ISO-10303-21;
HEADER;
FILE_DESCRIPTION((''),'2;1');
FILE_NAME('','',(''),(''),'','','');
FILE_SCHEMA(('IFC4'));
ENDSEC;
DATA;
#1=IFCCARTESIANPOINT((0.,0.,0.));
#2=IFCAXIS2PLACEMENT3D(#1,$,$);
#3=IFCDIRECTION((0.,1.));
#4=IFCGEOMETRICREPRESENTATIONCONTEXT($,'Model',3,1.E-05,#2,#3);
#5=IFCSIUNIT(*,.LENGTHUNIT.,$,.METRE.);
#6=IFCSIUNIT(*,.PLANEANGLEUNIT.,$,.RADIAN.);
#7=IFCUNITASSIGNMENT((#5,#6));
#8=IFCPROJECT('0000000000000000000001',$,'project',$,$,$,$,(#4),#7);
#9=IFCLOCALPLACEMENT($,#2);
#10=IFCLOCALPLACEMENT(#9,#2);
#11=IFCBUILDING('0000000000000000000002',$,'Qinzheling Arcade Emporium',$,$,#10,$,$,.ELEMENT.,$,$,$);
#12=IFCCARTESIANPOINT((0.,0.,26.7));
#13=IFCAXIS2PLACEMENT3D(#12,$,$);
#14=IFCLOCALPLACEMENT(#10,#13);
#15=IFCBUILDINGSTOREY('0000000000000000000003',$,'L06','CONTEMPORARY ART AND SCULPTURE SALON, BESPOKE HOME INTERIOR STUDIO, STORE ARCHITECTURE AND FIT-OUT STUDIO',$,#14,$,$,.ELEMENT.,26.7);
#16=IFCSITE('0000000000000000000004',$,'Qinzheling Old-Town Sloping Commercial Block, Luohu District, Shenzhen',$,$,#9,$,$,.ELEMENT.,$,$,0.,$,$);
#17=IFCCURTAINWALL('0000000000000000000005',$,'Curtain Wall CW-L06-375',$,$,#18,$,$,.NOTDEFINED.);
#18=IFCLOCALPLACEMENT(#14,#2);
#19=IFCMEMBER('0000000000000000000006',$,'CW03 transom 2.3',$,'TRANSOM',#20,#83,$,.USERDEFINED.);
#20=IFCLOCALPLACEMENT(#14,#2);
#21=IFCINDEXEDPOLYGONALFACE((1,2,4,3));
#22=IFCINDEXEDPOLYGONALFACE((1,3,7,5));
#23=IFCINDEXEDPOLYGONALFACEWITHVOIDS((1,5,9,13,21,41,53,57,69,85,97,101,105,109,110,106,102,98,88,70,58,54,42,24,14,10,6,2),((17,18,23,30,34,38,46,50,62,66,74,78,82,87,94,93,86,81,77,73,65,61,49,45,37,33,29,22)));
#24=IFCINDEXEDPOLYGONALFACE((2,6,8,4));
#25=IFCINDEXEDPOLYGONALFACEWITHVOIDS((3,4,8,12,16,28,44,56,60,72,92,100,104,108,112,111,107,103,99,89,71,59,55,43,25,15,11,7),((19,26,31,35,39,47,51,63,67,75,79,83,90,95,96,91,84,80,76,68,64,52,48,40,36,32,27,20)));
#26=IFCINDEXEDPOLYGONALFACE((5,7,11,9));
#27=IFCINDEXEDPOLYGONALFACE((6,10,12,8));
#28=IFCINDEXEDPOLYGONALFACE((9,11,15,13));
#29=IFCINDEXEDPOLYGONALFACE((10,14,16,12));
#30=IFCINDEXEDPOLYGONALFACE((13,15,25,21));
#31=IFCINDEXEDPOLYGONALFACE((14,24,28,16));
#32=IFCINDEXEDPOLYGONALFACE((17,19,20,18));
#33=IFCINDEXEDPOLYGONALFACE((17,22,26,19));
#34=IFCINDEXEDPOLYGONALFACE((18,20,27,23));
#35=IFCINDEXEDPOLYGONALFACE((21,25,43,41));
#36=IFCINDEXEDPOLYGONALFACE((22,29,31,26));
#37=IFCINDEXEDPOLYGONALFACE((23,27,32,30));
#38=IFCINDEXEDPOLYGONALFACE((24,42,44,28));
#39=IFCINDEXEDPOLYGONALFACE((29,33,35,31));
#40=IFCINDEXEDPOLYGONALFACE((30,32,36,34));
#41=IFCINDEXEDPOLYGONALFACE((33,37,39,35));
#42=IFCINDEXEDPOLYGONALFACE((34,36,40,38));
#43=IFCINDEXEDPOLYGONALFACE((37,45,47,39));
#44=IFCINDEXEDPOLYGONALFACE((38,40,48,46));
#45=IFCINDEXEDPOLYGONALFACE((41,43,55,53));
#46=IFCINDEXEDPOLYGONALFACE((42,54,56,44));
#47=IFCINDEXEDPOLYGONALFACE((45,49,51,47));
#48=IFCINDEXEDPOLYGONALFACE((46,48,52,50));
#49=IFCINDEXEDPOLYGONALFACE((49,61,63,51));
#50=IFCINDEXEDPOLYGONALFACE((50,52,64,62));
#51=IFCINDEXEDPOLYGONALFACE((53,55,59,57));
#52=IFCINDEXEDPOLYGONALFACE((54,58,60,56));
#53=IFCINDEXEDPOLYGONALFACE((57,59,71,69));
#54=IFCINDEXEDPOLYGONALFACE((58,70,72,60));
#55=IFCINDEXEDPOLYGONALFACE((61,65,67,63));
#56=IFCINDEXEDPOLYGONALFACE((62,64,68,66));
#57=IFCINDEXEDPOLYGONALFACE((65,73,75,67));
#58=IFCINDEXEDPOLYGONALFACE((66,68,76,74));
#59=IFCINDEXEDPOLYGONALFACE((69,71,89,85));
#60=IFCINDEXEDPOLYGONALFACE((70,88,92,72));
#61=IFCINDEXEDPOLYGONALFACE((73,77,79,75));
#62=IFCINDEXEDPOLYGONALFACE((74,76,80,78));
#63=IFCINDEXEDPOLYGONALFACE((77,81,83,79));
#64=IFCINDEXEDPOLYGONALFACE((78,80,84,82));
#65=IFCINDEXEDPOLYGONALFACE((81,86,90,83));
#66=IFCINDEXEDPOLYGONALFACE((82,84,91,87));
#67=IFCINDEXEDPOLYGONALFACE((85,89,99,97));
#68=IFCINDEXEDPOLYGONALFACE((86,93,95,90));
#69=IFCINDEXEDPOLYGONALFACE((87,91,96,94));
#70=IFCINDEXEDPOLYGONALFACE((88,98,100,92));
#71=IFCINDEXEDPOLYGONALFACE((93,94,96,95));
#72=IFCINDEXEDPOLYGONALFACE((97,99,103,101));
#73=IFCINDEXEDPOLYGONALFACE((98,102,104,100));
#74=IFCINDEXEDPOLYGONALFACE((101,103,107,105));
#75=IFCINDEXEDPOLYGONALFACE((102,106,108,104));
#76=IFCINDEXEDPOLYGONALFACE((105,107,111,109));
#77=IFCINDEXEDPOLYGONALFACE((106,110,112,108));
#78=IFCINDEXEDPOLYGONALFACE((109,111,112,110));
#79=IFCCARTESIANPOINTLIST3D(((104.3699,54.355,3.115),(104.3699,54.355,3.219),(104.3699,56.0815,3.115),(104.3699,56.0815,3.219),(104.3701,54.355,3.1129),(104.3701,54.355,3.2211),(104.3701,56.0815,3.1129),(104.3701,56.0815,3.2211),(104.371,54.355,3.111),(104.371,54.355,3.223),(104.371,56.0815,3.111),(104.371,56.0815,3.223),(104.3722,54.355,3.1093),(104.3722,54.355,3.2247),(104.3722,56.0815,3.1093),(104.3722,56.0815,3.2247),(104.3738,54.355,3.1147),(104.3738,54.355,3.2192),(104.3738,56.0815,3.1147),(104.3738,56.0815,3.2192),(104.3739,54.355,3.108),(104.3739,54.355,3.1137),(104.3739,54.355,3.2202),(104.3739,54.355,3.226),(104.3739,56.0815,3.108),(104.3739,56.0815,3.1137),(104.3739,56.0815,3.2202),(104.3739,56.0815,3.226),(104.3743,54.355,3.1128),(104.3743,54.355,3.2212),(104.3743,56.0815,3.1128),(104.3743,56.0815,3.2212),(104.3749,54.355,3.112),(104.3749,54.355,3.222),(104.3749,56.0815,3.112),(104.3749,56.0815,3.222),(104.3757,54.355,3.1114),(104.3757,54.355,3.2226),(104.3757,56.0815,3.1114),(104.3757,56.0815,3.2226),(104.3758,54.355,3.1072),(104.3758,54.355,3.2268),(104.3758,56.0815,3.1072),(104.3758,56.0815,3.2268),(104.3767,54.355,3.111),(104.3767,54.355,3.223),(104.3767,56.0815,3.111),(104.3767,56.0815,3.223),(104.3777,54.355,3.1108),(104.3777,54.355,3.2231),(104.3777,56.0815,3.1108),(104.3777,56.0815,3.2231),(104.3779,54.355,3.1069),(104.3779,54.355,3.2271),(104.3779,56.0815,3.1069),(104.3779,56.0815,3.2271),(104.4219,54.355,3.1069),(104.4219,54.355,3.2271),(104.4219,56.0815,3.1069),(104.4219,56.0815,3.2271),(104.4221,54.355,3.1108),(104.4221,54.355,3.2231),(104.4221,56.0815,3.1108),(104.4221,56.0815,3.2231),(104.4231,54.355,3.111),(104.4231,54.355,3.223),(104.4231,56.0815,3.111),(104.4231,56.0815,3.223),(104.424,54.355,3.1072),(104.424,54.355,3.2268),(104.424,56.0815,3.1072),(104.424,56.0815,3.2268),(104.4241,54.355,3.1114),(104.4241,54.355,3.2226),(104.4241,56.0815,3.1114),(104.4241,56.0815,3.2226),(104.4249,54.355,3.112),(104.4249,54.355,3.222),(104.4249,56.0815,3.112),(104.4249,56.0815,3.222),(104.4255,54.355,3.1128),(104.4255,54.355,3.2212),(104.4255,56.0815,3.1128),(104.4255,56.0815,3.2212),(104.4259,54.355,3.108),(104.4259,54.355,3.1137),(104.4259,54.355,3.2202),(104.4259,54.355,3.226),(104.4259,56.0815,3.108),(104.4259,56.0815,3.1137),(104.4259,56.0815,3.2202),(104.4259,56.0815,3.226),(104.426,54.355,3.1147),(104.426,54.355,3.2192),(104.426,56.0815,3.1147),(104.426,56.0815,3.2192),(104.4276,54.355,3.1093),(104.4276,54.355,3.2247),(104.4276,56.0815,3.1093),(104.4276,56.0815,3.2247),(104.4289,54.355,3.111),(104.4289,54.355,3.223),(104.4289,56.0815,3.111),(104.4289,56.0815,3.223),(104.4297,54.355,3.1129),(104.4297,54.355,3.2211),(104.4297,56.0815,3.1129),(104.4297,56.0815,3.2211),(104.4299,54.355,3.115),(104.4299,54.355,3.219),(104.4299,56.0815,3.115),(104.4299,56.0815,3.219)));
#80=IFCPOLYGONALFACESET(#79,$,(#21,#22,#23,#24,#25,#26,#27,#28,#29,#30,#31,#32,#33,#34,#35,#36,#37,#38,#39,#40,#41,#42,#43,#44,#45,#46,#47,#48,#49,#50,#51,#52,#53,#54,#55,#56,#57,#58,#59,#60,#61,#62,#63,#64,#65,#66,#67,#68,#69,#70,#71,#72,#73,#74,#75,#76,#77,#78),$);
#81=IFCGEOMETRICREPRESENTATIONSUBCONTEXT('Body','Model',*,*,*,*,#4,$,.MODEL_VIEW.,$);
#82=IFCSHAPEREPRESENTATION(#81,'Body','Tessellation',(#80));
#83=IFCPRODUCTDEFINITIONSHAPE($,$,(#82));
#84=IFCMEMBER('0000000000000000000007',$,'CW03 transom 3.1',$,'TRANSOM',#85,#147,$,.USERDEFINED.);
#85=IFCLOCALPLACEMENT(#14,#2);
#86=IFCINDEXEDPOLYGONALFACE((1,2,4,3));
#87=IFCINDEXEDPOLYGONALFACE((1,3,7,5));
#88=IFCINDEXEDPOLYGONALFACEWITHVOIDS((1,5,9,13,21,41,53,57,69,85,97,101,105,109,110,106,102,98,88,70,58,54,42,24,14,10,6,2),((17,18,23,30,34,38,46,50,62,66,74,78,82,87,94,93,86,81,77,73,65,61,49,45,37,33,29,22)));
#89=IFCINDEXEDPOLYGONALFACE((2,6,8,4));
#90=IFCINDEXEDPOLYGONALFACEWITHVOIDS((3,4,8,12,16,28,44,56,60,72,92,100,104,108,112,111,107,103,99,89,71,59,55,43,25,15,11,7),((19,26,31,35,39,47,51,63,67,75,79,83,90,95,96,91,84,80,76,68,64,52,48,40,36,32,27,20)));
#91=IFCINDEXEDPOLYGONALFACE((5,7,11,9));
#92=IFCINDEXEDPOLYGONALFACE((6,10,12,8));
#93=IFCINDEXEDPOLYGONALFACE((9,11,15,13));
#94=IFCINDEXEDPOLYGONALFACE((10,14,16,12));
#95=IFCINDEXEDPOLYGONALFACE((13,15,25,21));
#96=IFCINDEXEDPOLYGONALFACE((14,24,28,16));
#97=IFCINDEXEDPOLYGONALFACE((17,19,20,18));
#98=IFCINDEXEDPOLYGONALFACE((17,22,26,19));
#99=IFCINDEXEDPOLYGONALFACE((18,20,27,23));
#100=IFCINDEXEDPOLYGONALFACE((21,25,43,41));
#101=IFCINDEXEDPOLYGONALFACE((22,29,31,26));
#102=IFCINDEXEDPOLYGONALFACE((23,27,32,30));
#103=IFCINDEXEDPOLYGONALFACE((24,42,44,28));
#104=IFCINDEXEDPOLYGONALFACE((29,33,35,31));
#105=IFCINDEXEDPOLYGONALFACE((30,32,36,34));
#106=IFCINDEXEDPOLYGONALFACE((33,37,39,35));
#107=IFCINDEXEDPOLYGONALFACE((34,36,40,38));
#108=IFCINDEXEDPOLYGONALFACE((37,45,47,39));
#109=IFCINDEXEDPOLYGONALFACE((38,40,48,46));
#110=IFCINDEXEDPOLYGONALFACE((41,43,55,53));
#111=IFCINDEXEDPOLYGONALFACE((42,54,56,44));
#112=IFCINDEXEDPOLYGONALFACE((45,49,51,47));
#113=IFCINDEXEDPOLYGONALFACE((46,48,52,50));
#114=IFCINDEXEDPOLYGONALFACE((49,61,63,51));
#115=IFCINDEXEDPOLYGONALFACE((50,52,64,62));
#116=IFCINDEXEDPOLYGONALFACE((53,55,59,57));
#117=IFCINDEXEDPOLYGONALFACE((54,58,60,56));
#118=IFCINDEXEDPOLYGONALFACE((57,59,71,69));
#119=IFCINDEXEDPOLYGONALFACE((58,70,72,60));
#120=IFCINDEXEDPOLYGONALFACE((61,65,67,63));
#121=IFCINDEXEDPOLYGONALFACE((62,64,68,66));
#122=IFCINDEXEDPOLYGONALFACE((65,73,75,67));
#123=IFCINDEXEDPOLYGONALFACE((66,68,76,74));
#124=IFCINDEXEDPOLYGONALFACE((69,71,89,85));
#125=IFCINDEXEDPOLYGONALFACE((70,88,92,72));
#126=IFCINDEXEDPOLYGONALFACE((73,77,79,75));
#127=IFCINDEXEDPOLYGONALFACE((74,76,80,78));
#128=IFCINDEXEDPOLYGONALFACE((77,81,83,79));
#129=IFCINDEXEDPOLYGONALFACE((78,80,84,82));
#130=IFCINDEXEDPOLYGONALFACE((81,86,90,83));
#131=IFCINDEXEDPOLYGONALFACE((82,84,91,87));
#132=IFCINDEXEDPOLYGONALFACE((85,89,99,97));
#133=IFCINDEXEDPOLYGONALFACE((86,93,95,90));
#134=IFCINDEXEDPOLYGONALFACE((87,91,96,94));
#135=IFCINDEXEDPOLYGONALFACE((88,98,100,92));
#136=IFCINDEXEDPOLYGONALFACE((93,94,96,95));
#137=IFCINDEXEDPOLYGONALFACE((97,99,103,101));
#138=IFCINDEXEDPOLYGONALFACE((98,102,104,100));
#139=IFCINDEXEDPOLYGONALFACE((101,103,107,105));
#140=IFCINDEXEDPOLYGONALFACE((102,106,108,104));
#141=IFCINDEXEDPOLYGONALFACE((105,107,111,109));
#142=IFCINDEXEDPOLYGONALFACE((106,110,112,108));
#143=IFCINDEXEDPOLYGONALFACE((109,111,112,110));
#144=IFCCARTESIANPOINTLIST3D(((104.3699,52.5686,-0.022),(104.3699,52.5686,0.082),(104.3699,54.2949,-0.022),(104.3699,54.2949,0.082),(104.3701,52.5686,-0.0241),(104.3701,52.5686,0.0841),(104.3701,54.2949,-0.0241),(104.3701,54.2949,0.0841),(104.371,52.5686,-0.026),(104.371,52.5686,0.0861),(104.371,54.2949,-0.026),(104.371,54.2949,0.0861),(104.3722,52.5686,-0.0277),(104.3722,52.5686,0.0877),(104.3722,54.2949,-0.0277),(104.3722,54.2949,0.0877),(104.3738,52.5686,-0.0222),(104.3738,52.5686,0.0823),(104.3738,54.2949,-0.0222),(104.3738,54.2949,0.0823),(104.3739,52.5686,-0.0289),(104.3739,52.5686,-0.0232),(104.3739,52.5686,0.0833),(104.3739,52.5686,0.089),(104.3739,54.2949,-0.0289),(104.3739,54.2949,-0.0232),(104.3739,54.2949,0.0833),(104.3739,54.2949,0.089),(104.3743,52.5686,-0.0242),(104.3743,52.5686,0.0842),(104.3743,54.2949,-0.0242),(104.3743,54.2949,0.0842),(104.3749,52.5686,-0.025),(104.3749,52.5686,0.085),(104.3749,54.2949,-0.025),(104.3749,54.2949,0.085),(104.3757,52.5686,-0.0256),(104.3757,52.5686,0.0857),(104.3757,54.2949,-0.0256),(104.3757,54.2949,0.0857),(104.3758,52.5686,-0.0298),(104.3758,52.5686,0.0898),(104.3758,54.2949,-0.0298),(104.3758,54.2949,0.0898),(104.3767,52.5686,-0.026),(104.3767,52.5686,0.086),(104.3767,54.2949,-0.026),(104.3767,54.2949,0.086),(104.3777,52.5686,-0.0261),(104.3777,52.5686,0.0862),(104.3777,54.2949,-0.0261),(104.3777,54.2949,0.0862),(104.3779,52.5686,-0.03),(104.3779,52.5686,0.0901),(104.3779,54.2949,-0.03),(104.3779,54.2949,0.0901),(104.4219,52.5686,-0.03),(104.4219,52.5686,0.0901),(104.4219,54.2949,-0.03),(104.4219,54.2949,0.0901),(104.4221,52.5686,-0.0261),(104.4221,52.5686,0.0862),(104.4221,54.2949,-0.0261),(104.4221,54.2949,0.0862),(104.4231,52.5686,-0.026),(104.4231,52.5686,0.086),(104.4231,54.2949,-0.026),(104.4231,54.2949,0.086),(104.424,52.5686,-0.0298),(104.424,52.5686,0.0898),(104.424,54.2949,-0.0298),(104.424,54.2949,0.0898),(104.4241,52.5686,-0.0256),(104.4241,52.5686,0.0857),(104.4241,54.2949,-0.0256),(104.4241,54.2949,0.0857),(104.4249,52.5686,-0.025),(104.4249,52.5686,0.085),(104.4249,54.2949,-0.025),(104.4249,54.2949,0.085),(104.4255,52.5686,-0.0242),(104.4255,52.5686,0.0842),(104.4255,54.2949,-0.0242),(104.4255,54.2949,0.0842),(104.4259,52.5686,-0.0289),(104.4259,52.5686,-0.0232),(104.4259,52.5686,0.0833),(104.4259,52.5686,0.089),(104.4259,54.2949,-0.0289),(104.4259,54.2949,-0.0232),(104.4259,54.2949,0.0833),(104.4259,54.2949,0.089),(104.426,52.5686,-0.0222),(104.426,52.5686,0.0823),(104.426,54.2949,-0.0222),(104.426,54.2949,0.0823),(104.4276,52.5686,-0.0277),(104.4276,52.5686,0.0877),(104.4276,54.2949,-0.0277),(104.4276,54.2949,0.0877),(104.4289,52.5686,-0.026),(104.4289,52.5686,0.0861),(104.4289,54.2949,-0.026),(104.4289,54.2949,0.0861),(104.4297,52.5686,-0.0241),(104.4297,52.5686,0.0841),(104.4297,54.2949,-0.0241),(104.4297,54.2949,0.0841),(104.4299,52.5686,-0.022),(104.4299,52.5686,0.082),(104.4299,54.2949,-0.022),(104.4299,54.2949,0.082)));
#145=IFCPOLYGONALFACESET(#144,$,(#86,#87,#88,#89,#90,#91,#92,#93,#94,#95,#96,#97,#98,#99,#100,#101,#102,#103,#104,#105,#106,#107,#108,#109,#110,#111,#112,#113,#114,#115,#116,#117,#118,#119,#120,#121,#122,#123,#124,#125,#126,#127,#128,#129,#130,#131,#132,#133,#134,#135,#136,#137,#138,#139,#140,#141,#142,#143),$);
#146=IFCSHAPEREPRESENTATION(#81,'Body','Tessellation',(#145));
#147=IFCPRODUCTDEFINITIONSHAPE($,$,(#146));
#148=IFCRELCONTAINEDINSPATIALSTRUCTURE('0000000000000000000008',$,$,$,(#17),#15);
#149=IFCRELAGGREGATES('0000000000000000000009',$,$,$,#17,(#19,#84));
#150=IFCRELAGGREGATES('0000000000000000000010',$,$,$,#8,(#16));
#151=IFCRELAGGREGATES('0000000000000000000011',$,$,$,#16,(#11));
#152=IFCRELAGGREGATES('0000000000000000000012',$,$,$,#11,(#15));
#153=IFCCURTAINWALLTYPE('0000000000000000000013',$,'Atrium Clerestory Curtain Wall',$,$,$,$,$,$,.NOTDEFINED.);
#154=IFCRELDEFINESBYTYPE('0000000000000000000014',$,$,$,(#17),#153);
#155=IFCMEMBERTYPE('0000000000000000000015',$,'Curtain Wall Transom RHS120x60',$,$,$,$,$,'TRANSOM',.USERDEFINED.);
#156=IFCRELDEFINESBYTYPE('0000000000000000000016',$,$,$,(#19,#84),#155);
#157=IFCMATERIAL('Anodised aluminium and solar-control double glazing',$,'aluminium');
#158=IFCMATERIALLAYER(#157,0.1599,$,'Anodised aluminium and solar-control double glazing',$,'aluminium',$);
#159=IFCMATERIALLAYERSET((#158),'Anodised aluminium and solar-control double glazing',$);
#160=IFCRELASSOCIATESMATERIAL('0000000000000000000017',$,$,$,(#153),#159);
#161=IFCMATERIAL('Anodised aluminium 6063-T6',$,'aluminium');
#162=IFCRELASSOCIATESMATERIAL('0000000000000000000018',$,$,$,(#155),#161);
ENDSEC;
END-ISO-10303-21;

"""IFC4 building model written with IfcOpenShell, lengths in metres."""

from ifc_helpers import new_model, si_unit, direction, frame, origin, origin_2d, place, context, subcontext, project, spatial, hollow_rectangle, extrude, material, layer, layer_set, material_profile, profile_set, type_object, element, aggregate, save


model = new_model("IFC4")

# Units and contexts
model_context = context("Model", 3, precision=1e-05, world=origin(), true_north=direction((0.0, 1.0)))
body_context = subcontext(model_context, "Body", "Model", "MODEL_VIEW")
ifc_project = project(units=[si_unit("LENGTHUNIT", "METRE"), si_unit("PLANEANGLEUNIT", "RADIAN")], contexts=[model_context])

# Site, building, storey
site_placement = place(None, origin())
site = spatial("IfcSite", under=ifc_project, at=site_placement, Name="Qinzheling Old-Town Sloping Commercial Block, Luohu District, Shenzhen", CompositionType="ELEMENT", RefElevation=0.0)
building_placement = place(site_placement, origin())
building = spatial("IfcBuilding", under=site, at=building_placement, Name="Qinzheling Arcade Emporium", CompositionType="ELEMENT")
storey_placement = place(building_placement, frame((0.0, 0.0, 26.7)))
storey = spatial("IfcBuildingStorey", under=building, at=storey_placement, Name="L06", Description="CONTEMPORARY ART AND SCULPTURE SALON, BESPOKE HOME INTERIOR STUDIO, STORE ARCHITECTURE AND FIT-OUT STUDIO", CompositionType="ELEMENT", Elevation=26.7)

# Curtain wall, members
ifc_material_1 = material(Name="Anodised aluminium and solar-control double glazing", Category="aluminium")
ifc_layer_1 = layer(ifc_material_1, 0.1599, Name="Anodised aluminium and solar-control double glazing", Category="aluminium")
ifc_layer_set_1 = layer_set([ifc_layer_1], Name="Anodised aluminium and solar-control double glazing")
curtain_wall_type = type_object("IfcCurtainWallType", Name="Atrium Clerestory Curtain Wall", PredefinedType="NOTDEFINED", material=ifc_layer_set_1)
curtain_wall_placement = place(storey_placement, origin())
curtain_wall = element("IfcCurtainWall", 1, at=curtain_wall_placement, inside=storey, type_object=curtain_wall_type, Name="Curtain Wall CW-L06-375", PredefinedType="NOTDEFINED")
ifc_material_2 = material(Name="Anodised aluminium 6063-T6", Category="aluminium")
ifc_material_profile_1 = material_profile(ifc_material_2, hollow_rectangle(XDim=0.0601, YDim=0.1201, WallThickness=0.0039, InnerFilletRadius=0.0039, OuterFilletRadius=0.0081, at=origin_2d()), Name="RHS 120x60x4", Category="aluminium")
ifc_profile_set_1 = profile_set([ifc_material_profile_1], Name="Anodised aluminium 6063-T6")
member_type_1 = type_object("IfcMemberType", Name="Curtain Wall Transom RHS120x60", ElementType="TRANSOM", PredefinedType="USERDEFINED", material=ifc_profile_set_1)
member_1_placement = place(storey_placement, frame((104.3999, 56.0815, 3.167), z_axis=(0.0, -1.0, 0.0), x_axis=(1.0, 0.0, 0.0)))
member_1 = element("IfcMember", 2, at=member_1_placement, type_object=member_type_1, Name="CW03 transom 2.3", ObjectType="TRANSOM", PredefinedType="USERDEFINED", context=body_context, shape_type="SweptSolid", body=[
    extrude(hollow_rectangle(XDim=0.0601, YDim=0.1201, WallThickness=0.0039, InnerFilletRadius=0.0039, OuterFilletRadius=0.0081, at=origin_2d()), origin(), (0.0, 0.0, 1.0), 1.7266),
])
member_2_placement = place(storey_placement, frame((104.3999, 54.2949, 0.03), z_axis=(0.0, -1.0, 0.0), x_axis=(1.0, 0.0, 0.0)))
member_2 = element("IfcMember", 3, at=member_2_placement, type_object=member_type_1, Name="CW03 transom 3.1", ObjectType="TRANSOM", PredefinedType="USERDEFINED", context=body_context, shape_type="SweptSolid", body=[
    extrude(hollow_rectangle(XDim=0.0601, YDim=0.1201, WallThickness=0.0039, InnerFilletRadius=0.0039, OuterFilletRadius=0.0081, at=origin_2d()), origin(), (0.0, 0.0, 1.0), 1.7263),
])
aggregate(curtain_wall, [member_1, member_2])

save(model, "model.ifc")
